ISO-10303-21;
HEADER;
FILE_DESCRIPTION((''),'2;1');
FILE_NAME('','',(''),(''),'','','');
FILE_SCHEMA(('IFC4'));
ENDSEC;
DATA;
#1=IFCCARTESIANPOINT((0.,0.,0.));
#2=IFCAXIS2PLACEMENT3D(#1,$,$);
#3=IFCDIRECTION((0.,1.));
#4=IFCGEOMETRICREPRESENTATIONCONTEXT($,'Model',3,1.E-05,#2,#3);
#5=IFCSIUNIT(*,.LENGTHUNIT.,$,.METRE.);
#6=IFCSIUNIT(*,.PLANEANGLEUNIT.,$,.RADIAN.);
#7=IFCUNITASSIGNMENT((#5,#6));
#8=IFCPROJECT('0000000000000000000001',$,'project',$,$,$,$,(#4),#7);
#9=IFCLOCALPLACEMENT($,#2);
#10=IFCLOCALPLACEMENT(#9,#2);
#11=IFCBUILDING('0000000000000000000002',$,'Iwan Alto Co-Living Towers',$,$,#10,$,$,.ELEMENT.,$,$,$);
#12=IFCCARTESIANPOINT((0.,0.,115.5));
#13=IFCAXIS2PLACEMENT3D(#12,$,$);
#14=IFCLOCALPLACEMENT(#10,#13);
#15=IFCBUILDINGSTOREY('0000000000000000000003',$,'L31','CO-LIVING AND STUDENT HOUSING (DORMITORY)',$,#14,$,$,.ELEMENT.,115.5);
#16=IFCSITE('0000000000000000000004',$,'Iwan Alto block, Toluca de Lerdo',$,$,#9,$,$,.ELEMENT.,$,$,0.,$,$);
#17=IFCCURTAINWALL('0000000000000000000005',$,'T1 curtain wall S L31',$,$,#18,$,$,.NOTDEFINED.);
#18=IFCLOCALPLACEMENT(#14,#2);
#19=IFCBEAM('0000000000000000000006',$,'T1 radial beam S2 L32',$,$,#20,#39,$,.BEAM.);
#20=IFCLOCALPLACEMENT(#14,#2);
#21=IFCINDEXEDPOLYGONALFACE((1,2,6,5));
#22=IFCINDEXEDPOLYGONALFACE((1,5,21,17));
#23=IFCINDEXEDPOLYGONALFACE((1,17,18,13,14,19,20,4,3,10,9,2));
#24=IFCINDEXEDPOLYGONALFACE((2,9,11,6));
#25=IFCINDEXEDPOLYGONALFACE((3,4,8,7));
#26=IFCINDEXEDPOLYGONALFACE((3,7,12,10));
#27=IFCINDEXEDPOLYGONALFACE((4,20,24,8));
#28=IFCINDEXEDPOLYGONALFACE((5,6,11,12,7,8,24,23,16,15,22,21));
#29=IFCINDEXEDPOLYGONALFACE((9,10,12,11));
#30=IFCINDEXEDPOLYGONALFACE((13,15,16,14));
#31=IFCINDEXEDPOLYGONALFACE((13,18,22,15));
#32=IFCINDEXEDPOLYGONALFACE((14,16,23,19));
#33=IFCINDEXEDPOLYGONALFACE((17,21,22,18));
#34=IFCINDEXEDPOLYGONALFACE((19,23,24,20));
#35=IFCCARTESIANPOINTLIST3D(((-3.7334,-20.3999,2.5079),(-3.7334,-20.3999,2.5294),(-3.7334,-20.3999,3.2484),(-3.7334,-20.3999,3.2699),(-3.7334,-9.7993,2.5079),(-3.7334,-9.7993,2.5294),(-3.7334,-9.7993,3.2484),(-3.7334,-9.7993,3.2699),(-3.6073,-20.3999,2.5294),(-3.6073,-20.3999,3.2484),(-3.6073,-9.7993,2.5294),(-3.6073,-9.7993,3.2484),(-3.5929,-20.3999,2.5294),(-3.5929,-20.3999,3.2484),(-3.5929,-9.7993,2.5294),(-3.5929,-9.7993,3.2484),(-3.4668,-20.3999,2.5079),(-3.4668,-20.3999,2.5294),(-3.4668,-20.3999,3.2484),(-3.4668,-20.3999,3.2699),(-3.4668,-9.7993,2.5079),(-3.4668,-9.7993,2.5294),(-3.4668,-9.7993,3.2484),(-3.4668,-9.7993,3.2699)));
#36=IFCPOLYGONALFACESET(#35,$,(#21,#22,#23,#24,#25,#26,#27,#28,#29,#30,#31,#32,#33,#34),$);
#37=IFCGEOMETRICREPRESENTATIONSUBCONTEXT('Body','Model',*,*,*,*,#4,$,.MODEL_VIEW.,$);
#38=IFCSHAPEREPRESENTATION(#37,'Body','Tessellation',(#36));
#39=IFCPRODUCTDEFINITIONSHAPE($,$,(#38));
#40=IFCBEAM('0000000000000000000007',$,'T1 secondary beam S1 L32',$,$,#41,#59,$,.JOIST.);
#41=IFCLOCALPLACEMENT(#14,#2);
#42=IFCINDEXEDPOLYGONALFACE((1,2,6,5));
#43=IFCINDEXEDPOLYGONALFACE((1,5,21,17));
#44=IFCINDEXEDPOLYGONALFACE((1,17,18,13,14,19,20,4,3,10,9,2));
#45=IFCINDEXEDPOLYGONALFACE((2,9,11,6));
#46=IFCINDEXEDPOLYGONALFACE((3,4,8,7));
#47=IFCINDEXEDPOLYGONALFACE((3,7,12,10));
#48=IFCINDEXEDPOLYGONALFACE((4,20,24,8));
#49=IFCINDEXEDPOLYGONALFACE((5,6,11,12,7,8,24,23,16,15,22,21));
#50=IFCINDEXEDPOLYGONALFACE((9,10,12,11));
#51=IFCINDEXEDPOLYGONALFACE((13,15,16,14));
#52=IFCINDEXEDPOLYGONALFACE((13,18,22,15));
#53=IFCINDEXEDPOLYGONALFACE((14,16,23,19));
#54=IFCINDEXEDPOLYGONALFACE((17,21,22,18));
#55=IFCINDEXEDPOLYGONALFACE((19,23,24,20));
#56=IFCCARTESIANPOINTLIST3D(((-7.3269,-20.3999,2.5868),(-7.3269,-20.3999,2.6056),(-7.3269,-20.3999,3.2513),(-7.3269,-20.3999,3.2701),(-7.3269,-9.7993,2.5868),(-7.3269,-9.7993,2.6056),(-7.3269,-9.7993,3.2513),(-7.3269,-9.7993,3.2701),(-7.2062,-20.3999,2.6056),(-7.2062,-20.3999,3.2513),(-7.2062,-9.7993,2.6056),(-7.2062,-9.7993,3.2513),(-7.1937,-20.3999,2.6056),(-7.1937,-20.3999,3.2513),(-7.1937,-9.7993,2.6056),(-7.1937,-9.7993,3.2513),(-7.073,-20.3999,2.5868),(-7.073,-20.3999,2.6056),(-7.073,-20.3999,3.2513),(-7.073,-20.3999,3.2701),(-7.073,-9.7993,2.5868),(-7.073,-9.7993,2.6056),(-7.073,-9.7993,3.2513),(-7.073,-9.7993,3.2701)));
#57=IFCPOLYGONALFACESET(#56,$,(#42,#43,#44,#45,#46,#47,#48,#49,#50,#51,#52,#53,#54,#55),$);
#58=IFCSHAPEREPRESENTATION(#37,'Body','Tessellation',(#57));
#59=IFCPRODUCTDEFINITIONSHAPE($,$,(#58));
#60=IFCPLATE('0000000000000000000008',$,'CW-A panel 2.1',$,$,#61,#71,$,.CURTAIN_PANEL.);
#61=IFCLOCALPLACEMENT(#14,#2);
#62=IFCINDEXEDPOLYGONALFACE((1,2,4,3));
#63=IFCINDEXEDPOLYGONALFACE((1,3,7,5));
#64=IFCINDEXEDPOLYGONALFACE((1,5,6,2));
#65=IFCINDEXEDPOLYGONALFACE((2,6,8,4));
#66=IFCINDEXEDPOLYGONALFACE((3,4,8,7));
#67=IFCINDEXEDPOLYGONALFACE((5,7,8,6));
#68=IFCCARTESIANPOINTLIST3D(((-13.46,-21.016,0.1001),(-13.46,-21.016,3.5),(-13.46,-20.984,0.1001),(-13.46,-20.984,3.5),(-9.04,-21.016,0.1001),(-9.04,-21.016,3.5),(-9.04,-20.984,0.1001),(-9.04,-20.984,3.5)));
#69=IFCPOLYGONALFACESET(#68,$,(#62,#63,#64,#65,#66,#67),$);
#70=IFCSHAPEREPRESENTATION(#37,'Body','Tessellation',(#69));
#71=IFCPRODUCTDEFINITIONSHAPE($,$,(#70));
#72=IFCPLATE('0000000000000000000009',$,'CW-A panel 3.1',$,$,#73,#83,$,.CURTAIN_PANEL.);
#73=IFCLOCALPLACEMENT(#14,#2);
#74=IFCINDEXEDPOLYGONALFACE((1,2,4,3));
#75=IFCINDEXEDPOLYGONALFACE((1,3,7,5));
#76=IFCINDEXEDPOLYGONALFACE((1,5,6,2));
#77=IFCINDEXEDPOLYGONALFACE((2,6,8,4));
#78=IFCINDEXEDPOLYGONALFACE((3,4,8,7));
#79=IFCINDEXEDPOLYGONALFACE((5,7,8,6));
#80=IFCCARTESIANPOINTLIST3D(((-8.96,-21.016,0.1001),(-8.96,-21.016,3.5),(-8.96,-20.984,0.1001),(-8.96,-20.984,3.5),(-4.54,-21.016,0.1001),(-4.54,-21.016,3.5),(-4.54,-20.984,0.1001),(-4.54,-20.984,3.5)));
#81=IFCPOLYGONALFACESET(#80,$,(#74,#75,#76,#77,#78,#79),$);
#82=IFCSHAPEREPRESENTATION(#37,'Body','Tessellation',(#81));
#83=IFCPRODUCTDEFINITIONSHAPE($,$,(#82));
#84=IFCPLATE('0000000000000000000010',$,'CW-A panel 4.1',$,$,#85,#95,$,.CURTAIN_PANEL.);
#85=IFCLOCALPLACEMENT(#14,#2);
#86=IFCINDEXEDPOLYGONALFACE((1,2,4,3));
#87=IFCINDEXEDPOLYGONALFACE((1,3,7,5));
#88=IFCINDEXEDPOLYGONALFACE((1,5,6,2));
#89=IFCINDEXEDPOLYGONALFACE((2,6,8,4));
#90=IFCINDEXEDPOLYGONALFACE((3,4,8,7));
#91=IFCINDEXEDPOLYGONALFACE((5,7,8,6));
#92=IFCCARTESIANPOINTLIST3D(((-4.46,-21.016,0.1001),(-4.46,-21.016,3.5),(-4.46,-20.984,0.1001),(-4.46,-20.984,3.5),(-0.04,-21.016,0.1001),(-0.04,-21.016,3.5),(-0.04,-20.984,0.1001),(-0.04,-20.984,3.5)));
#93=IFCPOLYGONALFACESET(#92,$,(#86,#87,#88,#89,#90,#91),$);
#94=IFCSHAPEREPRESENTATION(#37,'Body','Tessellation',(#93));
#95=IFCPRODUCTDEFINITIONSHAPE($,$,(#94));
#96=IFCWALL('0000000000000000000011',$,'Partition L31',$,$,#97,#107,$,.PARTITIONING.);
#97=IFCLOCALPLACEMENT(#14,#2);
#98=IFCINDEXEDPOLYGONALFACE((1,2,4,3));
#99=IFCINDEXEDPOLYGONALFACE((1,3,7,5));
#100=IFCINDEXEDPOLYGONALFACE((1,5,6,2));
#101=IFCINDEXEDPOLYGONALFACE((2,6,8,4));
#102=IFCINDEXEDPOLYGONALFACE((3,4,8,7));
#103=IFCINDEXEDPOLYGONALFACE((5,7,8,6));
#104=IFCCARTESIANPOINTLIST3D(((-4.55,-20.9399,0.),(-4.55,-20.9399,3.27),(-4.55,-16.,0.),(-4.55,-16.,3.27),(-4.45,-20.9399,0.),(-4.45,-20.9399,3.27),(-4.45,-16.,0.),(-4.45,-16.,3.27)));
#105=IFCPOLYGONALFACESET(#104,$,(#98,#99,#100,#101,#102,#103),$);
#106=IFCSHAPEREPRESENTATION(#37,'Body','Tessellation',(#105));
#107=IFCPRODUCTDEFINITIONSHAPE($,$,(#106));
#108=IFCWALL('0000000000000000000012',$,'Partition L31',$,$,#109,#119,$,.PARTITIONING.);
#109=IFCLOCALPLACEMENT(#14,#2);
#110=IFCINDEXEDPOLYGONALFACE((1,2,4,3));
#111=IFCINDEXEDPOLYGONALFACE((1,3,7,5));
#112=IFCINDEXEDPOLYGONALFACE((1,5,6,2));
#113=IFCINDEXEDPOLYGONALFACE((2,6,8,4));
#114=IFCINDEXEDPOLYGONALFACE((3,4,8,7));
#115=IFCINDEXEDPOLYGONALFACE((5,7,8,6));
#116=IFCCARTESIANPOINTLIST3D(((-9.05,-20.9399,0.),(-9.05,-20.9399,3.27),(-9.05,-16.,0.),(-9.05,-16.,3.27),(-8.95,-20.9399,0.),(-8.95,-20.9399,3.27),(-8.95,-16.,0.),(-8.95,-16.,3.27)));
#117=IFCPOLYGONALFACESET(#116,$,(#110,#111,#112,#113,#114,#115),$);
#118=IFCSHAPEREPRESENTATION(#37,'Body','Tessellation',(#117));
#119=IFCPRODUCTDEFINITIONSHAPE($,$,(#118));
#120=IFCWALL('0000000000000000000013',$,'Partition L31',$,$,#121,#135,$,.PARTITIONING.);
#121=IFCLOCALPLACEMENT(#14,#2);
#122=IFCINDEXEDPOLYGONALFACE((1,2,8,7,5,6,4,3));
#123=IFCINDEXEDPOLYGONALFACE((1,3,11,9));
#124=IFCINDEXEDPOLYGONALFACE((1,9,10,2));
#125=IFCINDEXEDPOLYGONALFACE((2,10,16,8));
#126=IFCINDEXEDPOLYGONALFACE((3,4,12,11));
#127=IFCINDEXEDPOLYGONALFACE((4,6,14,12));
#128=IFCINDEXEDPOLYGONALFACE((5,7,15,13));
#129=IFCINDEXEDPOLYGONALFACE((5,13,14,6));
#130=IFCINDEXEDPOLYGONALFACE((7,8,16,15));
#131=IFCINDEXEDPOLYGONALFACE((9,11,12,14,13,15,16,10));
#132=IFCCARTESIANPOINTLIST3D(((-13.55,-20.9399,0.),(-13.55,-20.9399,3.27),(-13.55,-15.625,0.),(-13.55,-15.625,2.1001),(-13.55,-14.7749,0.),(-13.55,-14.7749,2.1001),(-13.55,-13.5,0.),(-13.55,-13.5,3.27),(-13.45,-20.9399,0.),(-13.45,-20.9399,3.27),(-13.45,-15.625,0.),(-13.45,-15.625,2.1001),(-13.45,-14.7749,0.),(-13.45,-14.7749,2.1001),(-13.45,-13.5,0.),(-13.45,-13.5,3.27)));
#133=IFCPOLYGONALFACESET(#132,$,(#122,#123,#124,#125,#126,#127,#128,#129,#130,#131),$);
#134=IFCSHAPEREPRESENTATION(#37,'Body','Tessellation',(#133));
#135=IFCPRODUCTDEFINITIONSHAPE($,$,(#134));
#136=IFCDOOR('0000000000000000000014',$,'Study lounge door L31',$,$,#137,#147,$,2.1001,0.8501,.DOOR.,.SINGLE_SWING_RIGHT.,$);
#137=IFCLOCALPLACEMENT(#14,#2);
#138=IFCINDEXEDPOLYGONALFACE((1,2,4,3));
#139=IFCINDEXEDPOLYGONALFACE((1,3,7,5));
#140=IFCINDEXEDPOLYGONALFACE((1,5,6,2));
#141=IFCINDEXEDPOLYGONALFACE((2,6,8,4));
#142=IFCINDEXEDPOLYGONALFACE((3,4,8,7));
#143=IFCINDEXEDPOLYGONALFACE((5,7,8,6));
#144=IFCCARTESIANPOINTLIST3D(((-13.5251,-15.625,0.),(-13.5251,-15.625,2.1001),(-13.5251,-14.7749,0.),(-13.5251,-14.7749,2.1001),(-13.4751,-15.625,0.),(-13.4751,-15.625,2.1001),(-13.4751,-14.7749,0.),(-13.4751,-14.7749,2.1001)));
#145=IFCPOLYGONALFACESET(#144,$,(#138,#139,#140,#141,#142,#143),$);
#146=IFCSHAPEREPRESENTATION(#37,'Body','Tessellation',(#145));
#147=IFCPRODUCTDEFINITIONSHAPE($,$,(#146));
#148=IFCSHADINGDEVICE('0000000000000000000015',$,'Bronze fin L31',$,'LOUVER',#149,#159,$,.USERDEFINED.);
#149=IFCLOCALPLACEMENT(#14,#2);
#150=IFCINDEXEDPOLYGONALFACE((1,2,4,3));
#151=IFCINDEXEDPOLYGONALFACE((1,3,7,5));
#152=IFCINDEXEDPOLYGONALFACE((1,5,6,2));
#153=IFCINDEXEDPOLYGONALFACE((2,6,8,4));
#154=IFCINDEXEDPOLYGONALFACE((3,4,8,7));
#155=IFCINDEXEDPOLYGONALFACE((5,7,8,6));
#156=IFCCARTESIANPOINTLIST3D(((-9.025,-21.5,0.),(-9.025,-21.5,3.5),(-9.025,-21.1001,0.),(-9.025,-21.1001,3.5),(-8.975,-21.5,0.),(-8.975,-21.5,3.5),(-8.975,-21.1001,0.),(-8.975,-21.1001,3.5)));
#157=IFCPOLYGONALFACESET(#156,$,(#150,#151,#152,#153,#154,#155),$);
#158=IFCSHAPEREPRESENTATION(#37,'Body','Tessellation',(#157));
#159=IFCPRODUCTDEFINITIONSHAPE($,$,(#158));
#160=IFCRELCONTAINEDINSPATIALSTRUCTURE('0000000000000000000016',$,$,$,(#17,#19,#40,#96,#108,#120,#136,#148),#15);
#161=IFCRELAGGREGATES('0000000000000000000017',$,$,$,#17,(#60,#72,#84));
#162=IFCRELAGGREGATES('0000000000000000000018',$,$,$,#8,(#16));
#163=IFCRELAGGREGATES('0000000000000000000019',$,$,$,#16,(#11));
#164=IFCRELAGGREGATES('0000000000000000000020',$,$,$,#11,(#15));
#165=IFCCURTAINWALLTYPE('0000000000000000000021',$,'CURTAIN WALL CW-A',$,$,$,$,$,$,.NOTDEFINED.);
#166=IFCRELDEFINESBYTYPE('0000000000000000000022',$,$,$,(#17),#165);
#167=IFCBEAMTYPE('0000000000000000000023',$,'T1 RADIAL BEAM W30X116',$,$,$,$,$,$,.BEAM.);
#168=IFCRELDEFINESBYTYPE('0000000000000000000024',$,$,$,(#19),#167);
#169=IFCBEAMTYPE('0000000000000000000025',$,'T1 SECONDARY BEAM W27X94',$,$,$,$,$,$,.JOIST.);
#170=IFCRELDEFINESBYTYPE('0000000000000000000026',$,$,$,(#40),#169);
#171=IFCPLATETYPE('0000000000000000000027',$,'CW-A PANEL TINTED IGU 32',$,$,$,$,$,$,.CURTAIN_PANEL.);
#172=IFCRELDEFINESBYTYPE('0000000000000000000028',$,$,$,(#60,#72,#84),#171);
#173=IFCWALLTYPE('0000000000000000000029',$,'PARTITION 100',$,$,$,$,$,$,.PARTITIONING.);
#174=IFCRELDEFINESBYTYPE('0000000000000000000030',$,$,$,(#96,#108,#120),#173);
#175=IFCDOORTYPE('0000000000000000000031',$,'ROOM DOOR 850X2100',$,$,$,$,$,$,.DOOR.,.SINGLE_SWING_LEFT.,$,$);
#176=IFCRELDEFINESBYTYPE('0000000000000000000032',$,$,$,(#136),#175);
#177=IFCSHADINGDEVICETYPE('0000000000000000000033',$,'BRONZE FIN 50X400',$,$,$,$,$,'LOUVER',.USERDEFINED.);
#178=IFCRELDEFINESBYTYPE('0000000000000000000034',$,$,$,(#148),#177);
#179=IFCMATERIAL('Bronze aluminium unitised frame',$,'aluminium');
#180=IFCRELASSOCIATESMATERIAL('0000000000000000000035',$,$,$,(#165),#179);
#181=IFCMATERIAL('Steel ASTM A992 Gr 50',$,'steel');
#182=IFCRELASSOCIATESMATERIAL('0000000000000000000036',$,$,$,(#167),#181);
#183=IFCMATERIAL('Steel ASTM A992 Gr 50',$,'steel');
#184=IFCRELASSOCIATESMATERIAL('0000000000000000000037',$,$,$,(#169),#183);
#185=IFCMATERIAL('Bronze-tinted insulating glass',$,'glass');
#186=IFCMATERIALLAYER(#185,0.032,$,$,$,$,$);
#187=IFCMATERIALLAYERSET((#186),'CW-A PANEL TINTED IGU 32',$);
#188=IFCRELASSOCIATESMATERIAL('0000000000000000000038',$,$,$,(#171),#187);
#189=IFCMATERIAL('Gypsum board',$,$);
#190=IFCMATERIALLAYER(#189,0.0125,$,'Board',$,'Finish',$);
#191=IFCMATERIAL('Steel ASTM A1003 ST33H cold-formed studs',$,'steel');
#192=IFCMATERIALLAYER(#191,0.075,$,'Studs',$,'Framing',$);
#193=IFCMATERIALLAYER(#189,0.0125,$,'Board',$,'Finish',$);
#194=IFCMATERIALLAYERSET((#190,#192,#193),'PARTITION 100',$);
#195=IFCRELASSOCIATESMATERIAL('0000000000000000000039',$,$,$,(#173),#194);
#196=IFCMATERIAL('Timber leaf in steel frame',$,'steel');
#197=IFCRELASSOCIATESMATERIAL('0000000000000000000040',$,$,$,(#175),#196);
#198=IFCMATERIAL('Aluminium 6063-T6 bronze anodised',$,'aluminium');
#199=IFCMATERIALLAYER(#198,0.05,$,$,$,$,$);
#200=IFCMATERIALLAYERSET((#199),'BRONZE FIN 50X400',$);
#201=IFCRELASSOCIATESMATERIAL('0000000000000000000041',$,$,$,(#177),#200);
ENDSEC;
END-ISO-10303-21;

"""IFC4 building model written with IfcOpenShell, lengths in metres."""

from ifc_helpers import new_model, si_unit, direction, frame, frame_2d, origin, origin_2d, place, context, subcontext, project, spatial, rectangle, i_section, extrude, material, layer, layer_set, material_profile, profile_set, type_object, element, fill, aggregate, save


model = new_model("IFC4")

# Units and contexts
model_context = context("Model", 3, precision=1e-05, world=origin(), true_north=direction((0.0, 1.0)))
body_context = subcontext(model_context, "Body", "Model", "MODEL_VIEW")
ifc_project = project(units=[si_unit("LENGTHUNIT", "METRE"), si_unit("PLANEANGLEUNIT", "RADIAN")], contexts=[model_context])

# Site, building, storey
site_placement = place(None, origin())
site = spatial("IfcSite", under=ifc_project, at=site_placement, Name="Iwan Alto block, Toluca de Lerdo", CompositionType="ELEMENT", RefElevation=0.0)
building_placement = place(site_placement, origin())
building = spatial("IfcBuilding", under=site, at=building_placement, Name="Iwan Alto Co-Living Towers", CompositionType="ELEMENT")
storey_placement = place(building_placement, frame((0.0, 0.0, 115.5)))
storey = spatial("IfcBuildingStorey", under=building, at=storey_placement, Name="L31", Description="CO-LIVING AND STUDENT HOUSING (DORMITORY)", CompositionType="ELEMENT", Elevation=115.5)

# Curtain wall
ifc_material_1 = material(Name="Bronze aluminium unitised frame", Category="aluminium")
curtain_wall_type = type_object("IfcCurtainWallType", Name="CURTAIN WALL CW-A", PredefinedType="NOTDEFINED", material=ifc_material_1)
curtain_wall_placement = place(storey_placement, origin())
curtain_wall = element("IfcCurtainWall", 1, at=curtain_wall_placement, inside=storey, type_object=curtain_wall_type, Name="T1 curtain wall S L31", PredefinedType="NOTDEFINED")

# Beams
ifc_material_2 = material(Name="Steel ASTM A992 Gr 50", Category="steel")
ifc_material_profile_1 = material_profile(ifc_material_2, i_section(OverallWidth=0.2666, OverallDepth=0.762, WebThickness=0.0144, FlangeThickness=0.0215, at=origin_2d()), Name="W30X116")
ifc_profile_set_1 = profile_set([ifc_material_profile_1], Name="Steel ASTM A992 Gr 50")
beam_type_1 = type_object("IfcBeamType", Name="T1 RADIAL BEAM W30X116", PredefinedType="BEAM", material=ifc_profile_set_1)
beam_1_placement = place(storey_placement, frame((-3.6001, -20.3999, 2.8889), z_axis=(0.0, 1.0, 0.0), x_axis=(-1.0, 0.0, 0.0)))
element("IfcBeam", 2, at=beam_1_placement, inside=storey, type_object=beam_type_1, Name="T1 radial beam S2 L32", PredefinedType="BEAM", context=body_context, shape_type="SweptSolid", body=[
    extrude(i_section(OverallWidth=0.2666, OverallDepth=0.762, WebThickness=0.0144, FlangeThickness=0.0215, at=origin_2d()), origin(), (0.0, 0.0, 1.0), 10.6006),
])
ifc_material_3 = material(Name="Steel ASTM A992 Gr 50", Category="steel")
ifc_material_profile_2 = material_profile(ifc_material_3, i_section(OverallWidth=0.2539, OverallDepth=0.6833, WebThickness=0.0125, FlangeThickness=0.0188, at=origin_2d()), Name="W27X94")
ifc_profile_set_2 = profile_set([ifc_material_profile_2], Name="Steel ASTM A992 Gr 50")
beam_type_2 = type_object("IfcBeamType", Name="T1 SECONDARY BEAM W27X94", PredefinedType="JOIST", material=ifc_profile_set_2)
beam_2_placement = place(storey_placement, frame((-7.2, -20.3999, 2.9285), z_axis=(0.0, 1.0, 0.0), x_axis=(-1.0, 0.0, 0.0)))
element("IfcBeam", 3, at=beam_2_placement, inside=storey, type_object=beam_type_2, Name="T1 secondary beam S1 L32", PredefinedType="JOIST", context=body_context, shape_type="SweptSolid", body=[
    extrude(i_section(OverallWidth=0.2539, OverallDepth=0.6833, WebThickness=0.0125, FlangeThickness=0.0188, at=origin_2d()), origin(), (0.0, 0.0, 1.0), 10.6006),
])

# Plates
ifc_material_4 = material(Name="Bronze-tinted insulating glass", Category="glass")
ifc_layer_1 = layer(ifc_material_4, 0.032)
ifc_layer_set_1 = layer_set([ifc_layer_1], Name="CW-A PANEL TINTED IGU 32")
plate_type = type_object("IfcPlateType", Name="CW-A PANEL TINTED IGU 32", PredefinedType="CURTAIN_PANEL", material=ifc_layer_set_1)
plate_1_placement = place(storey_placement, frame((-11.25, -21.0, 0.1001), z_axis=(0.0, 0.0, 1.0), x_axis=(1.0, 0.0, 0.0)))
plate_1 = element("IfcPlate", 4, at=plate_1_placement, type_object=plate_type, Name="CW-A panel 2.1", PredefinedType="CURTAIN_PANEL", context=body_context, shape_type="SweptSolid", body=[
    extrude(rectangle(XDim=4.4199, YDim=0.032, at=origin_2d()), origin(), (0.0, 0.0, 1.0), 3.3999),
])
plate_2_placement = place(storey_placement, frame((-6.75, -21.0, 0.1001), z_axis=(0.0, 0.0, 1.0), x_axis=(1.0, 0.0, 0.0)))
plate_2 = element("IfcPlate", 5, at=plate_2_placement, type_object=plate_type, Name="CW-A panel 3.1", PredefinedType="CURTAIN_PANEL", context=body_context, shape_type="SweptSolid", body=[
    extrude(rectangle(XDim=4.4199, YDim=0.032, at=origin_2d()), origin(), (0.0, 0.0, 1.0), 3.3999),
])
plate_3_placement = place(storey_placement, frame((-2.25, -21.0, 0.1001), z_axis=(0.0, 0.0, 1.0), x_axis=(1.0, 0.0, 0.0)))
plate_3 = element("IfcPlate", 6, at=plate_3_placement, type_object=plate_type, Name="CW-A panel 4.1", PredefinedType="CURTAIN_PANEL", context=body_context, shape_type="SweptSolid", body=[
    extrude(rectangle(XDim=4.4199, YDim=0.032, at=origin_2d()), origin(), (0.0, 0.0, 1.0), 3.3999),
])
aggregate(curtain_wall, [plate_1, plate_2, plate_3])

# Walls
ifc_material_5 = material(Name="Gypsum board")
ifc_layer_2 = layer(ifc_material_5, 0.0125, Name="Board", Category="Finish")
ifc_material_6 = material(Name="Steel ASTM A1003 ST33H cold-formed studs", Category="steel")
ifc_layer_3 = layer(ifc_material_6, 0.075, Name="Studs", Category="Framing")
ifc_layer_4 = layer(ifc_material_5, 0.0125, Name="Board", Category="Finish")
ifc_layer_set_2 = layer_set([ifc_layer_2, ifc_layer_3, ifc_layer_4], Name="PARTITION 100")
wall_type = type_object("IfcWallType", Name="PARTITION 100", PredefinedType="PARTITIONING", material=ifc_layer_set_2)
for number, where, z_axis, x_axis, name in (
    (7, (-4.5, -20.9399, 0.0), (0.0, 0.0, 1.0), (0.0, 1.0, 0.0), "Partition L31"),
    (8, (-9.0, -20.9399, 0.0), (0.0, 0.0, 1.0), (0.0, 1.0, 0.0), "Partition L31"),
):
    element("IfcWall", number, at=place(storey_placement, frame(where, z_axis=z_axis, x_axis=x_axis)), inside=storey, type_object=wall_type, Name=name, PredefinedType="PARTITIONING", context=body_context, shape_type="SweptSolid", body=[
        extrude(rectangle(XDim=4.9399, YDim=0.1001, at=frame_2d((2.47, 0.0))), origin(), (0.0, 0.0, 1.0), 3.27),
    ])

# Wall, opening, door
wall_placement = place(storey_placement, frame((-13.5, -20.9399, 0.0), z_axis=(0.0, 0.0, 1.0), x_axis=(0.0, 1.0, 0.0)))
wall = element("IfcWall", 9, at=wall_placement, inside=storey, type_object=wall_type, Name="Partition L31", PredefinedType="PARTITIONING", context=body_context, shape_type="SweptSolid", body=[
    extrude(rectangle(XDim=7.4399, YDim=0.1001, at=frame_2d((3.72, 0.0))), origin(), (0.0, 0.0, 1.0), 3.27),
])
opening_placement = place(wall_placement, frame((5.3149, 0.0, 0.0)))
opening = element("IfcOpeningElement", 10, at=opening_placement, cuts=wall, PredefinedType="OPENING", context=body_context, shape_type="SweptSolid", body=[
    extrude(rectangle(XDim=0.8501, YDim=2.1001, at=frame_2d((0.425, 1.05))), frame((0.0, 0.0601, 0.0), z_axis=(0.0, -1.0, 0.0), x_axis=(1.0, 0.0, 0.0)), (0.0, 0.0, 1.0), 0.1201),
])
ifc_material_7 = material(Name="Timber leaf in steel frame", Category="steel")
door_type = type_object("IfcDoorType", Name="ROOM DOOR 850X2100", OperationType="SINGLE_SWING_LEFT", PredefinedType="DOOR", material=ifc_material_7)
door_placement = place(opening_placement, frame((0.8501, 0.0, 0.0), z_axis=(0.0, 0.0, 1.0), x_axis=(-1.0, 0.0, 0.0)))
door = element("IfcDoor", 11, at=door_placement, inside=storey, type_object=door_type, Name="Study lounge door L31", OperationType="SINGLE_SWING_RIGHT", OverallHeight=2.1001, OverallWidth=0.8501, PredefinedType="DOOR", context=body_context, shape_type="SweptSolid", body=[
    extrude(rectangle(XDim=0.8501, YDim=2.1001, at=frame_2d((0.425, 1.05))), frame((0.0, 0.0249, 0.0), z_axis=(0.0, -1.0, 0.0), x_axis=(1.0, 0.0, 0.0)), (0.0, 0.0, 1.0), 0.05),
])
fill(opening, door)

# Shading device
ifc_material_8 = material(Name="Aluminium 6063-T6 bronze anodised", Category="aluminium")
ifc_layer_5 = layer(ifc_material_8, 0.05)
ifc_layer_set_3 = layer_set([ifc_layer_5], Name="BRONZE FIN 50X400")
shading_device_type = type_object("IfcShadingDeviceType", Name="BRONZE FIN 50X400", ElementType="LOUVER", PredefinedType="USERDEFINED", material=ifc_layer_set_3)
shading_device_placement = place(storey_placement, frame((-9.0, -21.3, 0.0), z_axis=(0.0, 0.0, 1.0), x_axis=(1.0, 0.0, 0.0)))
element("IfcShadingDevice", 12, at=shading_device_placement, inside=storey, type_object=shading_device_type, Name="Bronze fin L31", ObjectType="LOUVER", PredefinedType="USERDEFINED", context=body_context, shape_type="SweptSolid", body=[
    extrude(rectangle(XDim=0.05, YDim=0.3999, at=origin_2d()), origin(), (0.0, 0.0, 1.0), 3.5),
])

save(model, "model.ifc")
